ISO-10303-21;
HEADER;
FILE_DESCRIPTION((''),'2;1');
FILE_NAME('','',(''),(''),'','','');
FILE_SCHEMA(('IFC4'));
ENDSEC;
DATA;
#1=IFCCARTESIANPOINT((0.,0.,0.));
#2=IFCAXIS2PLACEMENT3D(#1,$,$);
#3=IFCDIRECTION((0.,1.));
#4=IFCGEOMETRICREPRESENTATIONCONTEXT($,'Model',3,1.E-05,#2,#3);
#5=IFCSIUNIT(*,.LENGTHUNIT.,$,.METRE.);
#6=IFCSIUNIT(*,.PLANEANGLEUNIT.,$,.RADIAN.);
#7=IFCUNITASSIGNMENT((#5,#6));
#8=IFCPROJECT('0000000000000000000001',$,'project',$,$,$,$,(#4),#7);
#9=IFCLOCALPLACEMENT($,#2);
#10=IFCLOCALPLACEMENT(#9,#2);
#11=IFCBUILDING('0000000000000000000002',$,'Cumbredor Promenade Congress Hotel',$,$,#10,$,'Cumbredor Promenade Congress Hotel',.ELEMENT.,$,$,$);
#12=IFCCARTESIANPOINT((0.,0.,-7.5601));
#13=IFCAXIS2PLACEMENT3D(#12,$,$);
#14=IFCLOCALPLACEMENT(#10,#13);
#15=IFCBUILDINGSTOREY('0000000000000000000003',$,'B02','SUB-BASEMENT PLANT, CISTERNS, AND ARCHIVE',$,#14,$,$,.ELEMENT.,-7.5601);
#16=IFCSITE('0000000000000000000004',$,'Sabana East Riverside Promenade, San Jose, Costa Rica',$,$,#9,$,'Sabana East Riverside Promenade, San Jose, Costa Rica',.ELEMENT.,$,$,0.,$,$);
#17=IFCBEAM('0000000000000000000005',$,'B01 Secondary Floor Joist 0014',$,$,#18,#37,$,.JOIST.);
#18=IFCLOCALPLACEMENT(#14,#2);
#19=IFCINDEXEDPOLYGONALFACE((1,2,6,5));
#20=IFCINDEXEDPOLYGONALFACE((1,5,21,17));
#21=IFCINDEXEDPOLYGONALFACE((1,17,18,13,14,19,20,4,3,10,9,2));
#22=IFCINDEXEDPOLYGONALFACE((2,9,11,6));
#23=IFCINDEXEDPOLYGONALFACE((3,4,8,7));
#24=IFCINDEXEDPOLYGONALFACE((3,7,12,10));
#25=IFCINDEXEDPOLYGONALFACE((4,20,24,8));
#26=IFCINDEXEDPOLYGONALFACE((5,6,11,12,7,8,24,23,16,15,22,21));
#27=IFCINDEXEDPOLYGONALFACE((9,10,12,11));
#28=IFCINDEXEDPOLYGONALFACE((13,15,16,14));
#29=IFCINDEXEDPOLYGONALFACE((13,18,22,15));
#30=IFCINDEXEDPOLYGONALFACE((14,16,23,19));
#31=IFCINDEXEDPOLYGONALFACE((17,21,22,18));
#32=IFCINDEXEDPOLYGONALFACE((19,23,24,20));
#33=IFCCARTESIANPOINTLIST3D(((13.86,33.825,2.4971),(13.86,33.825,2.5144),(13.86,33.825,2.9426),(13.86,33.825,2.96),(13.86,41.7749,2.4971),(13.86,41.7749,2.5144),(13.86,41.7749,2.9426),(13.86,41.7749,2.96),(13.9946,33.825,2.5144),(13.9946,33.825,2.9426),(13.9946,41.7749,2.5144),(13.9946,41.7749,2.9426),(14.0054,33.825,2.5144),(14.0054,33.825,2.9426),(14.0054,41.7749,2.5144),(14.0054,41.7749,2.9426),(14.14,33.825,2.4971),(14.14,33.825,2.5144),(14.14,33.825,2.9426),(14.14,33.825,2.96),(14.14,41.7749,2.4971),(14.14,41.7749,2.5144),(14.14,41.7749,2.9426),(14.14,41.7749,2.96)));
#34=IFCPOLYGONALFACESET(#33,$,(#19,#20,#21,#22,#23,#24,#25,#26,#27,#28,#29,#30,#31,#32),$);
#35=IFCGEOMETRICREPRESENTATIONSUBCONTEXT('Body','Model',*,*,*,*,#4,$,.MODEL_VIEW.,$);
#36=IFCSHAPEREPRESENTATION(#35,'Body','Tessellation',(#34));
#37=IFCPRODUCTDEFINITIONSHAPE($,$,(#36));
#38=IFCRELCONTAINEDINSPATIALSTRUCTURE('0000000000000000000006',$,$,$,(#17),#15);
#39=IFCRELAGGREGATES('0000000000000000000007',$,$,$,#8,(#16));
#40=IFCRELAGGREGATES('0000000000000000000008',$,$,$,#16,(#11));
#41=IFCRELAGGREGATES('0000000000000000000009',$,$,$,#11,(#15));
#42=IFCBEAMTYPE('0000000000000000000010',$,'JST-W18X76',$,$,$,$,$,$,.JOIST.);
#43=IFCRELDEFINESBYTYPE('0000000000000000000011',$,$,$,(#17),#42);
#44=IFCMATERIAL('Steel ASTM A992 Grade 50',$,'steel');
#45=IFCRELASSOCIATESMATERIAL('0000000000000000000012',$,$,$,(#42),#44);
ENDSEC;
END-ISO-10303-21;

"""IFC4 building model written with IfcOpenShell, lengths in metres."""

from ifc_helpers import new_model, si_unit, direction, frame, origin, origin_2d, place, context, subcontext, project, spatial, i_section, extrude, material, material_profile, profile_set, type_object, element, save


model = new_model("IFC4")

# Units and contexts
model_context = context("Model", 3, precision=1e-05, world=origin(), true_north=direction((0.0, 1.0)))
body_context = subcontext(model_context, "Body", "Model", "MODEL_VIEW")
ifc_project = project(units=[si_unit("LENGTHUNIT", "METRE"), si_unit("PLANEANGLEUNIT", "RADIAN")], contexts=[model_context])

# Site, building, storey
site_placement = place(None, origin())
site = spatial("IfcSite", under=ifc_project, at=site_placement, Name="Sabana East Riverside Promenade, San Jose, Costa Rica", LongName="Sabana East Riverside Promenade, San Jose, Costa Rica", CompositionType="ELEMENT", RefElevation=0.0)
building_placement = place(site_placement, origin())
building = spatial("IfcBuilding", under=site, at=building_placement, Name="Cumbredor Promenade Congress Hotel", LongName="Cumbredor Promenade Congress Hotel", CompositionType="ELEMENT")
storey_placement = place(building_placement, frame((0.0, 0.0, -7.5601)))
storey = spatial("IfcBuildingStorey", under=building, at=storey_placement, Name="B02", Description="SUB-BASEMENT PLANT, CISTERNS, AND ARCHIVE", CompositionType="ELEMENT", Elevation=-7.5601)

# Beam
ifc_material_1 = material(Name="Steel ASTM A992 Grade 50", Category="steel")
ifc_material_profile_1 = material_profile(ifc_material_1, i_section(OverallWidth=0.28, OverallDepth=0.4629, WebThickness=0.0107, FlangeThickness=0.0173, at=origin_2d()), Name="W18X76")
ifc_profile_set_1 = profile_set([ifc_material_profile_1], Name="Steel ASTM A992 Grade 50")
beam_type_1 = type_object("IfcBeamType", Name="JST-W18X76", PredefinedType="JOIST", material=ifc_profile_set_1)
for number, where, z_axis, x_axis, name in (
    (1, (14.0, 33.825, 2.7285), (0.0, 1.0, 0.0), (-1.0, 0.0, 0.0), "B01 Secondary Floor Joist 0014"),
):
    element("IfcBeam", number, at=place(storey_placement, frame(where, z_axis=z_axis, x_axis=x_axis)), inside=storey, type_object=beam_type_1, Name=name, PredefinedType="JOIST", context=body_context, shape_type="SweptSolid", body=[
        extrude(i_section(OverallWidth=0.28, OverallDepth=0.4629, WebThickness=0.0107, FlangeThickness=0.0173, at=origin_2d()), origin(), (0.0, 0.0, 1.0), 7.95),
    ])

save(model, "model.ifc")
